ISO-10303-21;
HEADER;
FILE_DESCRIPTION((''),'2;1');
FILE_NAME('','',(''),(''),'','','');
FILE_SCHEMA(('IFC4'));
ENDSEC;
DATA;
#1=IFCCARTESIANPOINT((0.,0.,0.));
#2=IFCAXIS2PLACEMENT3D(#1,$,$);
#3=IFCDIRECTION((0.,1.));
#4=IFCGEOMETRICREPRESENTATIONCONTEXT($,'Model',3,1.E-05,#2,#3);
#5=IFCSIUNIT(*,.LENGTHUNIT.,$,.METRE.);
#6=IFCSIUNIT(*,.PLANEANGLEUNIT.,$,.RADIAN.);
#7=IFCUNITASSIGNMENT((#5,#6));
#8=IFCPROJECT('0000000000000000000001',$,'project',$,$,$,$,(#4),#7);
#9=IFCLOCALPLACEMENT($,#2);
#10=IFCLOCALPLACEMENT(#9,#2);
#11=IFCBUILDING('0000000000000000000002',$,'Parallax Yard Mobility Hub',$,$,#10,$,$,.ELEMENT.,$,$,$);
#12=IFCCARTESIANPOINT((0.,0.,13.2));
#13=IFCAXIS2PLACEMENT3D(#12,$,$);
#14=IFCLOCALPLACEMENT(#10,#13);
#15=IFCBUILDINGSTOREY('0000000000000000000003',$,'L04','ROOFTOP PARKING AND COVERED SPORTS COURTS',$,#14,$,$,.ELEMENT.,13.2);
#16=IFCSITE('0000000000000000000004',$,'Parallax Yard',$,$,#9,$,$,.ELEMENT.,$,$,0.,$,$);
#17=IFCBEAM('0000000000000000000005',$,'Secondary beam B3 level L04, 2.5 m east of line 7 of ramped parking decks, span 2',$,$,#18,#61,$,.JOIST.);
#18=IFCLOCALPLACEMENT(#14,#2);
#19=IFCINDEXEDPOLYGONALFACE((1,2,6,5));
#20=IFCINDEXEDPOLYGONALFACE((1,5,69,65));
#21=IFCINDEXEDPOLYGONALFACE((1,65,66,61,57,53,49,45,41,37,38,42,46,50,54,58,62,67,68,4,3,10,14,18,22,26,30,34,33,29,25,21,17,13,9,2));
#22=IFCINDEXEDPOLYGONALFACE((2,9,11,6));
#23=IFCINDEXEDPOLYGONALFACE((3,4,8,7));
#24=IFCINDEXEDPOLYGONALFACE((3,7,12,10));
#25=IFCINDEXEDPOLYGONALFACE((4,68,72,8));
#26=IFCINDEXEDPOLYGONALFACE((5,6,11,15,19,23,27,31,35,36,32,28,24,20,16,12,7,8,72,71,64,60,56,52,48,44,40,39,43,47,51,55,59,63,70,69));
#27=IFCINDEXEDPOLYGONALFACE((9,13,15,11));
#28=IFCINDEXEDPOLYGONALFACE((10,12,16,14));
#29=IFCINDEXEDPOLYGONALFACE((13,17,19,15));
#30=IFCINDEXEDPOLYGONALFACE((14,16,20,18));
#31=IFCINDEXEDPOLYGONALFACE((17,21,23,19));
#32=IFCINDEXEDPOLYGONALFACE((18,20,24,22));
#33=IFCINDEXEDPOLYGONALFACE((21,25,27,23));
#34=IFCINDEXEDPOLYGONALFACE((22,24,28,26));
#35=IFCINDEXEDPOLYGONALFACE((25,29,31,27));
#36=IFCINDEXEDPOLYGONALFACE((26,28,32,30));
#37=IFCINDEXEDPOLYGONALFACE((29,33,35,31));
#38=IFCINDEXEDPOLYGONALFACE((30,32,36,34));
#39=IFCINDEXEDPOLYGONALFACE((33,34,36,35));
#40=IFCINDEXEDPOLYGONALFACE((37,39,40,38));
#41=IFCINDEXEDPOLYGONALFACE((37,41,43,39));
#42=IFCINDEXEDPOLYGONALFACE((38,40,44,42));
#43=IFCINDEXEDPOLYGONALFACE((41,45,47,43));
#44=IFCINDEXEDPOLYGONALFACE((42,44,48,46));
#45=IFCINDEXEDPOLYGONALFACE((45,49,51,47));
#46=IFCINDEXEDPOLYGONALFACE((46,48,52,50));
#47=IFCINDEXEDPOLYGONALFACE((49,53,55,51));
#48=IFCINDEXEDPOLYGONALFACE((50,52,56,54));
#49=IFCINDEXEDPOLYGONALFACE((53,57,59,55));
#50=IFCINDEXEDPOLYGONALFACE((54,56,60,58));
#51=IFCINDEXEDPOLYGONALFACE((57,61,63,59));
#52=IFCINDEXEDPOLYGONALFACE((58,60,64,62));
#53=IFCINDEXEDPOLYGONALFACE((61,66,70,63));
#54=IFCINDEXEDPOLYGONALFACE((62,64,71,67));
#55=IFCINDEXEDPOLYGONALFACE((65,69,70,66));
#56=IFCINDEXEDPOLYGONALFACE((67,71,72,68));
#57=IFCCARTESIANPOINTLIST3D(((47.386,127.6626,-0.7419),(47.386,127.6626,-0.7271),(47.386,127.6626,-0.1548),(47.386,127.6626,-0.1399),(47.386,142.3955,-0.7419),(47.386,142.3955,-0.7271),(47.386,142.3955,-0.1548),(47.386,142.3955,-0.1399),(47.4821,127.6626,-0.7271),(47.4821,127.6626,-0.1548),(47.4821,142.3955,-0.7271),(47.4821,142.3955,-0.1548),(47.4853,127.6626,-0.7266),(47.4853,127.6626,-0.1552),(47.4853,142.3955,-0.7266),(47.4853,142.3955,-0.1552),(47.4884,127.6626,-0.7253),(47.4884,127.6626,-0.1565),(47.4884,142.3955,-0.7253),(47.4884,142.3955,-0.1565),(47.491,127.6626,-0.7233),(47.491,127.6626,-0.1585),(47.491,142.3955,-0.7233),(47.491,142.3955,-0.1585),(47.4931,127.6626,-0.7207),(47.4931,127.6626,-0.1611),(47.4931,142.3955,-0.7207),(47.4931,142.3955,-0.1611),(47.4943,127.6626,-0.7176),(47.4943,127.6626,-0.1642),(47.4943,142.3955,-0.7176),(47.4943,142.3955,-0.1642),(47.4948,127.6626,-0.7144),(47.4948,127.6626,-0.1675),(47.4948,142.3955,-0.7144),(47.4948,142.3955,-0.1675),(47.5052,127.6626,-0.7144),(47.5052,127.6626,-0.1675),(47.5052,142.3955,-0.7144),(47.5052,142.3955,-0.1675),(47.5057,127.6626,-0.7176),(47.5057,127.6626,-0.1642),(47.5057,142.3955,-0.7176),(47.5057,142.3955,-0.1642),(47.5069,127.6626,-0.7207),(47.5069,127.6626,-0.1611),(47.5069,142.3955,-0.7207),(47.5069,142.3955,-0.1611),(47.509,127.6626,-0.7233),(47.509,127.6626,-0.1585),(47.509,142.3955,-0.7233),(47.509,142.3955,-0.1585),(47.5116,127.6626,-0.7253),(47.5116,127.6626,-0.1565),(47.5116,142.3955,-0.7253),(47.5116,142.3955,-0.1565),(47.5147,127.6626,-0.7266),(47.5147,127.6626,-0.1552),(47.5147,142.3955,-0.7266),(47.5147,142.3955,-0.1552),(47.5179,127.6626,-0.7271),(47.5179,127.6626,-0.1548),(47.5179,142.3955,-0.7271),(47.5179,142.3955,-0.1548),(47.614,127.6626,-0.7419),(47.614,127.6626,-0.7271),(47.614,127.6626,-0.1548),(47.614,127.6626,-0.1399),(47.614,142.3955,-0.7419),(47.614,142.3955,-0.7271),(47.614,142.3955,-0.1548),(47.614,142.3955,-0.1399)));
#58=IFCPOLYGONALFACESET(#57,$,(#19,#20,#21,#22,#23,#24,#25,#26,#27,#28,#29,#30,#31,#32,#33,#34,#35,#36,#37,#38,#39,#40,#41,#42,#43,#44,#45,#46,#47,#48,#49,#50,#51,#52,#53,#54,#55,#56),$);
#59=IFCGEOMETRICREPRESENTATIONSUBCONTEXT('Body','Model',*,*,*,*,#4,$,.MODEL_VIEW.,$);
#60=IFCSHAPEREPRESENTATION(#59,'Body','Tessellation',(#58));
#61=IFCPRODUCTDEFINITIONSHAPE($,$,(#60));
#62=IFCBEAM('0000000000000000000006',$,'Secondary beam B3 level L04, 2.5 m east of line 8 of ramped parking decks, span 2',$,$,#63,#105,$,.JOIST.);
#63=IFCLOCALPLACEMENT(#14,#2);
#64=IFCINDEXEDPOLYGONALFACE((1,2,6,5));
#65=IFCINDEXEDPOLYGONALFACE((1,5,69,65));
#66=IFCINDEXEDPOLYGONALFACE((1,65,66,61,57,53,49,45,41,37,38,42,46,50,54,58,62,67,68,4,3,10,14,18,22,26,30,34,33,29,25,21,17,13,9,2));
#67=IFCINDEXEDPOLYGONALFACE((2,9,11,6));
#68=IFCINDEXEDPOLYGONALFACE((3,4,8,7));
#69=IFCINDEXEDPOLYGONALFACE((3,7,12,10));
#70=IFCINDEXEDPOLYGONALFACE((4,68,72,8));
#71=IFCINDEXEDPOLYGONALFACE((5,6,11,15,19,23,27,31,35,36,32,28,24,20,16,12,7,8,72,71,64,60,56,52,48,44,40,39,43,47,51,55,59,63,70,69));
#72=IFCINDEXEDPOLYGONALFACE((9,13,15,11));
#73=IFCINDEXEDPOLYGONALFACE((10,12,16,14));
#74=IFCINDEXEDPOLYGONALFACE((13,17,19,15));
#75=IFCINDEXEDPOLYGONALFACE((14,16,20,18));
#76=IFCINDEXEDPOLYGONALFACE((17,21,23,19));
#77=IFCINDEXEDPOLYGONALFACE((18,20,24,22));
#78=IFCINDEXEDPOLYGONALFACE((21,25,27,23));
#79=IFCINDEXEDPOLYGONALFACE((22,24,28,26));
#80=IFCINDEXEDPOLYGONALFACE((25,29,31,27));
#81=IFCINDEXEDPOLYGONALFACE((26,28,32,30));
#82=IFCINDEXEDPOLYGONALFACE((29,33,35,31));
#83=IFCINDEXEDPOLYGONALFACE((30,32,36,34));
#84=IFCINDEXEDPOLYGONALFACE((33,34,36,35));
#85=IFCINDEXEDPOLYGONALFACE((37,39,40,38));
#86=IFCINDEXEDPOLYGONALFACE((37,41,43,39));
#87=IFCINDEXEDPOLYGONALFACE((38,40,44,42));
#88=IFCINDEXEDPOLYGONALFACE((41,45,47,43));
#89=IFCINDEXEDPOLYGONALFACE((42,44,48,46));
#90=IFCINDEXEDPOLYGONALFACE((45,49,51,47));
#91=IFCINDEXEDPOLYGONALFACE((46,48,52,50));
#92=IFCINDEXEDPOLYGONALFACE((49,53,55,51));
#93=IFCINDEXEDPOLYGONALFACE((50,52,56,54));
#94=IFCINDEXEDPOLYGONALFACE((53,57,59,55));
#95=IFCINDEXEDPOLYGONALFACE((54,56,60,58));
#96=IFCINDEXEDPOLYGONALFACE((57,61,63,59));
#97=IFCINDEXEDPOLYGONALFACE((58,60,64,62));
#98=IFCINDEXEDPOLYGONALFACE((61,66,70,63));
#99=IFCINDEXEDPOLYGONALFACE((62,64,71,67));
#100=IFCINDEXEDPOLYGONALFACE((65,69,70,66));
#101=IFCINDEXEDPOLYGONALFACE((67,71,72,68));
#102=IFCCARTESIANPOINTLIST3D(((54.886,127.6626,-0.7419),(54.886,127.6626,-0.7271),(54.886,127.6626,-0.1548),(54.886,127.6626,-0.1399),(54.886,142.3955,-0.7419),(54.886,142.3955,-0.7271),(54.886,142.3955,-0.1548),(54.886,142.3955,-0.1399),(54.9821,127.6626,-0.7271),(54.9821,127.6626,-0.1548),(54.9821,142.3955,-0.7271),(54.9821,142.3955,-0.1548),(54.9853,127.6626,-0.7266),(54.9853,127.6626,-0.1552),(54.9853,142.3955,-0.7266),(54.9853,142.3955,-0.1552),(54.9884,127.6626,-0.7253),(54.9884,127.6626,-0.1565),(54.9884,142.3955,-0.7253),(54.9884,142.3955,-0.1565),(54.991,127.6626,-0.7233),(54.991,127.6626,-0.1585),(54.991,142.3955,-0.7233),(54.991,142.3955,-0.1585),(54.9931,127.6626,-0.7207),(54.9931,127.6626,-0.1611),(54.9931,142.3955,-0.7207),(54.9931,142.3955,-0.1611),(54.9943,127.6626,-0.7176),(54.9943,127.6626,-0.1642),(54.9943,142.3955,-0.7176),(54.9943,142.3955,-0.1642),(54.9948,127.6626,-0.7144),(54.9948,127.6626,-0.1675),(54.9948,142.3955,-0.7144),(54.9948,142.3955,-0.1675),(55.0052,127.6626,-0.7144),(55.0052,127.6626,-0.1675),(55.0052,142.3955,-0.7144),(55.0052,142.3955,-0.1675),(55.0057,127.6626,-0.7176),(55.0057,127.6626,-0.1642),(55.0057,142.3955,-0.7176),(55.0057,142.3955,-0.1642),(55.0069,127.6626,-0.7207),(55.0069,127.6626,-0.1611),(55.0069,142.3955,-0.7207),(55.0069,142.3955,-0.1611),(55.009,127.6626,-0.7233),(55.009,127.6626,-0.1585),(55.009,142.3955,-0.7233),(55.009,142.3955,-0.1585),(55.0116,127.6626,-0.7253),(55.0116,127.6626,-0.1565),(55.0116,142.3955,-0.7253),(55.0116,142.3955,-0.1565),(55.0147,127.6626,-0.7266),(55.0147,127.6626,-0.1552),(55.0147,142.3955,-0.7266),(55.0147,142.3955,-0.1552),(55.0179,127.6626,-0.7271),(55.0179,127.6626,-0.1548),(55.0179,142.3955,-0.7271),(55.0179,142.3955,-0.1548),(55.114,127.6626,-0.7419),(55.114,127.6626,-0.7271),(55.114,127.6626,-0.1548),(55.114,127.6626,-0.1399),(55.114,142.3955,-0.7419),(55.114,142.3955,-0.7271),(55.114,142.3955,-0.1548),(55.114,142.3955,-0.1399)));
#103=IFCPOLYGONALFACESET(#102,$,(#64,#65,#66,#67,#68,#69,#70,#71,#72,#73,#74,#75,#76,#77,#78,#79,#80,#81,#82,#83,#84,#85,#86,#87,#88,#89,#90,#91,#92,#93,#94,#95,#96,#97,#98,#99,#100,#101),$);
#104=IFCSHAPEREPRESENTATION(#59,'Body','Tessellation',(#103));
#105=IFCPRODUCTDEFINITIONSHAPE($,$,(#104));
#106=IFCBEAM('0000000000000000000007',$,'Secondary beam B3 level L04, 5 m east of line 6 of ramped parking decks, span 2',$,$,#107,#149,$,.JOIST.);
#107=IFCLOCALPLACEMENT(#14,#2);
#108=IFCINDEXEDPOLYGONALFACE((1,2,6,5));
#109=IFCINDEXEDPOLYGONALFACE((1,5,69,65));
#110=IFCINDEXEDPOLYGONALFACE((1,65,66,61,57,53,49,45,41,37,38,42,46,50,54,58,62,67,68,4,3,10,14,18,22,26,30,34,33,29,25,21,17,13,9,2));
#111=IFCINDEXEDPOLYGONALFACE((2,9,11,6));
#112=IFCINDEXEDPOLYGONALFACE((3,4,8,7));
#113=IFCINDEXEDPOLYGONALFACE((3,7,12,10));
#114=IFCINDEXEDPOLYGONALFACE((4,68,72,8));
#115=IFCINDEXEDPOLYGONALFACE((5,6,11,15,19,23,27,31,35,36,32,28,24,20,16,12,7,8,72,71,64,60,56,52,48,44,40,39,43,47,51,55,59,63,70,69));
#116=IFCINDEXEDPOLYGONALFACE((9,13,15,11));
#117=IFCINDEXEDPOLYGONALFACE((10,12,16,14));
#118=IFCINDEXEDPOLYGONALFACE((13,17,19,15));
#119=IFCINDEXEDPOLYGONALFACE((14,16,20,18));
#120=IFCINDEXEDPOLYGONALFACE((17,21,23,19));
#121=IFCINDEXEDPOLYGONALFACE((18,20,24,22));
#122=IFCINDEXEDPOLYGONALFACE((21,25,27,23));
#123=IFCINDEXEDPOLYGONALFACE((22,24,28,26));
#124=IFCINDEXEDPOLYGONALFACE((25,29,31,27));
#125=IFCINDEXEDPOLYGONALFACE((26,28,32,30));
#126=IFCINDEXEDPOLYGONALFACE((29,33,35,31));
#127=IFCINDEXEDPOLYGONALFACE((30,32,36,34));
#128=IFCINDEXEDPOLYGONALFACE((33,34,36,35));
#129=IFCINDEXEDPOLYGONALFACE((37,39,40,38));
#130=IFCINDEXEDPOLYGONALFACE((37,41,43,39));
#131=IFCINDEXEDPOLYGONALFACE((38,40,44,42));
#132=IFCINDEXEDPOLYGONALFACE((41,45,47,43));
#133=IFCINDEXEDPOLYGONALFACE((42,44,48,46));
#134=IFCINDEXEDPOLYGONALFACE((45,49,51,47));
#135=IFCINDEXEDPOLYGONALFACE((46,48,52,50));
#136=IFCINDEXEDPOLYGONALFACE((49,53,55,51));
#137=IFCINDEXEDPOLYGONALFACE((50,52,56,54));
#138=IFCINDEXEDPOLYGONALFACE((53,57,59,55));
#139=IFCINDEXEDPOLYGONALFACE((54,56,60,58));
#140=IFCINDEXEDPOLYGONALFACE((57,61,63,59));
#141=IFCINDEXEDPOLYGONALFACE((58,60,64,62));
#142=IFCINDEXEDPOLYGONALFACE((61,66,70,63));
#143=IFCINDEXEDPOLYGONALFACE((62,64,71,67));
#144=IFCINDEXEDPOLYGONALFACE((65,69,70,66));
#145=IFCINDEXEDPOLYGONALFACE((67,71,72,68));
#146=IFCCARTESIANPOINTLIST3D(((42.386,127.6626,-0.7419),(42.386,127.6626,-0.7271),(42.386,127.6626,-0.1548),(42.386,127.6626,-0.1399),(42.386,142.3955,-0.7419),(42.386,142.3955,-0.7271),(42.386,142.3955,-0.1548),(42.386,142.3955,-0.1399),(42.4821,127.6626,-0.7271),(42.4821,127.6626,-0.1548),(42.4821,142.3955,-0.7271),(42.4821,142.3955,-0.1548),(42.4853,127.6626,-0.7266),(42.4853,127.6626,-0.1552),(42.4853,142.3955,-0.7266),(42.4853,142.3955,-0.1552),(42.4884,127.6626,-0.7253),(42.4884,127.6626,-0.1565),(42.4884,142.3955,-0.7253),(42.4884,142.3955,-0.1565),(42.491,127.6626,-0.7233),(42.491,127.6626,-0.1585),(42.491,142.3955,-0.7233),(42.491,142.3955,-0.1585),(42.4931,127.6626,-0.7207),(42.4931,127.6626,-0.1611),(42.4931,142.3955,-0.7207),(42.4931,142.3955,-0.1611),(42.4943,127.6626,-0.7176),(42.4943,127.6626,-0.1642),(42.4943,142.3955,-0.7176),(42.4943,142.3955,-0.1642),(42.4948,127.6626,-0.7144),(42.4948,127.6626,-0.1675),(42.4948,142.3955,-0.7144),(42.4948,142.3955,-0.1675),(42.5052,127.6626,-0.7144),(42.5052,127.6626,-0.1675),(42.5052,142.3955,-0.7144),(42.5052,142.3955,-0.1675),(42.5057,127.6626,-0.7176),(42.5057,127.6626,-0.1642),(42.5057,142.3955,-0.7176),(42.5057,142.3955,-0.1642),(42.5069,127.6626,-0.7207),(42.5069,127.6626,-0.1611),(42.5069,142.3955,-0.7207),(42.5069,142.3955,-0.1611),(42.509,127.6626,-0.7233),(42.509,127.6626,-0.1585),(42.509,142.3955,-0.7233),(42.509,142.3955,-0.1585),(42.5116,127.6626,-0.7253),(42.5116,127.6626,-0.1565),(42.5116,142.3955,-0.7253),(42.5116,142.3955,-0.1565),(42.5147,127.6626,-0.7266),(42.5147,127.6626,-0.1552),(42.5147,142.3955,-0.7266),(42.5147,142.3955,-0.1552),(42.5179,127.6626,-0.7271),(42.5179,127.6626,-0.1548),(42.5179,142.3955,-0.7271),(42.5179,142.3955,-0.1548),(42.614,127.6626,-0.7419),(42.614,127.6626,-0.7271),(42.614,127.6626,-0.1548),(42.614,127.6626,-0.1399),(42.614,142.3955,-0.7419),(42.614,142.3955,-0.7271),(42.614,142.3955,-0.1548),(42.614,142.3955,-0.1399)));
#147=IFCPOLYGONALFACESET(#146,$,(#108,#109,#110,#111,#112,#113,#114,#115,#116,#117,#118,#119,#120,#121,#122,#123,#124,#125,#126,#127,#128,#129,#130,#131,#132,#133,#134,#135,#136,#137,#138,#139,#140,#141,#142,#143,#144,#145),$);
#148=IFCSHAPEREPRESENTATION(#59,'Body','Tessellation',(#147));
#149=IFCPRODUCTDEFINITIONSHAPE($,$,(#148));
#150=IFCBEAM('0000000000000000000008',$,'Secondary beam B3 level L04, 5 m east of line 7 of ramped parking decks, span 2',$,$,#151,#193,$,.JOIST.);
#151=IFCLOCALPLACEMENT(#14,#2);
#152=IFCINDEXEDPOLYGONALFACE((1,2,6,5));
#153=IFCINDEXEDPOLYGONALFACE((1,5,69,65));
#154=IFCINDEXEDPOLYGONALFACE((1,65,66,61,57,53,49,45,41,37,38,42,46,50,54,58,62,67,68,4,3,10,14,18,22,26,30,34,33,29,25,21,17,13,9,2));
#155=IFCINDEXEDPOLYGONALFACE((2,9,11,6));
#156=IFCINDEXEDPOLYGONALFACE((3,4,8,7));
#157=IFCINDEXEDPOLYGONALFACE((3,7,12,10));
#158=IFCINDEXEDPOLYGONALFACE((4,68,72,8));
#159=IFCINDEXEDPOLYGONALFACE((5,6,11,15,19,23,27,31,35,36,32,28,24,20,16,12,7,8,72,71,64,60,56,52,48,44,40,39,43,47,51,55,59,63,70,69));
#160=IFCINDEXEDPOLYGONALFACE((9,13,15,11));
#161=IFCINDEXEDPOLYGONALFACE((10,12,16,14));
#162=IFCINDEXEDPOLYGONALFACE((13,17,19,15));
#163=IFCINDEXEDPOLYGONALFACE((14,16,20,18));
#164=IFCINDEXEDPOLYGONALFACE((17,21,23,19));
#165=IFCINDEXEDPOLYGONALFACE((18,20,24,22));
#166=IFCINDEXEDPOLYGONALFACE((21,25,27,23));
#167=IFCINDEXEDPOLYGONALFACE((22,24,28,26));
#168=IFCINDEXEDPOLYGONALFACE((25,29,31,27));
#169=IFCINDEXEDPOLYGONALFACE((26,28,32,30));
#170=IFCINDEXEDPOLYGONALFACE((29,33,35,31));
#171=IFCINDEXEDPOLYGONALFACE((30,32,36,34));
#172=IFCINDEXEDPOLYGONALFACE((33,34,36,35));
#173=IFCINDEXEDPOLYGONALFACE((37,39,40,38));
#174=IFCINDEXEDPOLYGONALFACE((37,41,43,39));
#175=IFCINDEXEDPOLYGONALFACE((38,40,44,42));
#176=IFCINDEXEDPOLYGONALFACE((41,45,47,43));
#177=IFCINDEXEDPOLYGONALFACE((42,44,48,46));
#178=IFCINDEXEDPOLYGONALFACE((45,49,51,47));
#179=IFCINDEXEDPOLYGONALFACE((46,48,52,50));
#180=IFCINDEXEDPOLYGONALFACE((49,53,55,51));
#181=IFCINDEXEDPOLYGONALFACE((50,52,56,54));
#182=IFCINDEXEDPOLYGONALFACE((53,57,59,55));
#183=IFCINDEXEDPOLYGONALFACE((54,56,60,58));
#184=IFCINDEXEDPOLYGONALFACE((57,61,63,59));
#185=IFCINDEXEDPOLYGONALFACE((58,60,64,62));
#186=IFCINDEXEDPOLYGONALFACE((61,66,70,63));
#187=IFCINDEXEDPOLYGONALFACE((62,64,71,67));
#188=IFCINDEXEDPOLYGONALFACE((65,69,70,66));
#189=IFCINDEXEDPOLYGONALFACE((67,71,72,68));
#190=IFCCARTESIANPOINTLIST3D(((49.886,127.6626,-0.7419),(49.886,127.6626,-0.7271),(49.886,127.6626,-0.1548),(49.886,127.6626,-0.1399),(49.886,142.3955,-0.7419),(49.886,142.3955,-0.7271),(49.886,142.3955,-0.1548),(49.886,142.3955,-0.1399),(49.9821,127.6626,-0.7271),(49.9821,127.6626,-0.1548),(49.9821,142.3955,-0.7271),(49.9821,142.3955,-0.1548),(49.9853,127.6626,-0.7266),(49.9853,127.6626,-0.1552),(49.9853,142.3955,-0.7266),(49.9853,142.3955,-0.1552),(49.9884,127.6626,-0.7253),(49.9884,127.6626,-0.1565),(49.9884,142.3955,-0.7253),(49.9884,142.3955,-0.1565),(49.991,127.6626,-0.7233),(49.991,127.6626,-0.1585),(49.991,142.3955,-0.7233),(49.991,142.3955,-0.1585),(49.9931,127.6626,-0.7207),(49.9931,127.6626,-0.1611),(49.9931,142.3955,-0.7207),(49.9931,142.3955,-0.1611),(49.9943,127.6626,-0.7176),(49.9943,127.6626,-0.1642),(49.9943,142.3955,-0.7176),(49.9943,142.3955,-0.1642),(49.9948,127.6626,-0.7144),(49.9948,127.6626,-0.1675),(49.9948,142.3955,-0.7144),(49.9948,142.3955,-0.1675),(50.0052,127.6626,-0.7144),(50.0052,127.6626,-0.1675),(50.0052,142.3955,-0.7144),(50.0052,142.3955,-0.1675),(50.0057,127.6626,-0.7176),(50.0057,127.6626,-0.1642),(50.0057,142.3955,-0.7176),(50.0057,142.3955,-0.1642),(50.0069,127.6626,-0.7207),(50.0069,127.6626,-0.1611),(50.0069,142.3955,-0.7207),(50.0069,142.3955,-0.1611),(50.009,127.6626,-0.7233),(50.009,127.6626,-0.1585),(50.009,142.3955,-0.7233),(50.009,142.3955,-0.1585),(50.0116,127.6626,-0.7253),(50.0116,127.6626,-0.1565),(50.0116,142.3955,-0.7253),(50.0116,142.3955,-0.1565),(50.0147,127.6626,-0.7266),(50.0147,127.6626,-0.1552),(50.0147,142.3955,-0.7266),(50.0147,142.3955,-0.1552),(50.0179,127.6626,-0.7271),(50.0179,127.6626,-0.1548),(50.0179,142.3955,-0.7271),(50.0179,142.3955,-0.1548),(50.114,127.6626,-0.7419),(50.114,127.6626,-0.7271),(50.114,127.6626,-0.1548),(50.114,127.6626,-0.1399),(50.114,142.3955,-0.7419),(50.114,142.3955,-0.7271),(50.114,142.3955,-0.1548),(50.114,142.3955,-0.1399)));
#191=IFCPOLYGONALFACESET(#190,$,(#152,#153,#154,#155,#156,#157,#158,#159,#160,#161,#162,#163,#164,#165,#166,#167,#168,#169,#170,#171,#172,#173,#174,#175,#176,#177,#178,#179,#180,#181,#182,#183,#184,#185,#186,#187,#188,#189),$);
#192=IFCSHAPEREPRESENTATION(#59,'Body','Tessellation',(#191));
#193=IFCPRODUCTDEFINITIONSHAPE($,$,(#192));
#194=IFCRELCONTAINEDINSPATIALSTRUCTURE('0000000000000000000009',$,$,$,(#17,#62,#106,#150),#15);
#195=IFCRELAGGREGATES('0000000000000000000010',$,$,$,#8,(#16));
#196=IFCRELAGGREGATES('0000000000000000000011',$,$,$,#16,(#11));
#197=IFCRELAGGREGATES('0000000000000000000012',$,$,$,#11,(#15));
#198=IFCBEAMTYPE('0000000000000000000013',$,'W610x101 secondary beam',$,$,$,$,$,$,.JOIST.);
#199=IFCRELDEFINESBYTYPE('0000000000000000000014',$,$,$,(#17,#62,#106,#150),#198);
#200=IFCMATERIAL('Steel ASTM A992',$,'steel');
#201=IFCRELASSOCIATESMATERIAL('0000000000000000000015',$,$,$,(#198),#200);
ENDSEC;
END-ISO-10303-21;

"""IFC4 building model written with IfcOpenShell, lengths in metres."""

from ifc_helpers import new_model, si_unit, direction, frame, origin, origin_2d, place, context, subcontext, project, spatial, i_section, extrude, material, material_profile, profile_set, type_object, element, save


model = new_model("IFC4")

# Units and contexts
model_context = context("Model", 3, precision=1e-05, world=origin(), true_north=direction((0.0, 1.0)))
body_context = subcontext(model_context, "Body", "Model", "MODEL_VIEW")
ifc_project = project(units=[si_unit("LENGTHUNIT", "METRE"), si_unit("PLANEANGLEUNIT", "RADIAN")], contexts=[model_context])

# Site, building, storey
site_placement = place(None, origin())
site = spatial("IfcSite", under=ifc_project, at=site_placement, Name="Parallax Yard", CompositionType="ELEMENT", RefElevation=0.0)
building_placement = place(site_placement, origin())
building = spatial("IfcBuilding", under=site, at=building_placement, Name="Parallax Yard Mobility Hub", CompositionType="ELEMENT")
storey_placement = place(building_placement, frame((0.0, 0.0, 13.2)))
storey = spatial("IfcBuildingStorey", under=building, at=storey_placement, Name="L04", Description="ROOFTOP PARKING AND COVERED SPORTS COURTS", CompositionType="ELEMENT", Elevation=13.2)

# Shared definitions
ifc_material_1 = material(Name="Steel ASTM A992", Category="steel")

# Beams
ifc_material_profile_1 = material_profile(ifc_material_1, i_section(OverallWidth=0.228, OverallDepth=0.6021, WebThickness=0.0105, FlangeThickness=0.0149, FilletRadius=0.0127, at=origin_2d()), Name="W610x101")
ifc_profile_set_1 = profile_set([ifc_material_profile_1], Name="Steel ASTM A992")
beam_type_1 = type_object("IfcBeamType", Name="W610x101 secondary beam", PredefinedType="JOIST", material=ifc_profile_set_1)
for number, where, z_axis, x_axis, name in (
    (1, (47.5, 127.6626, -0.4409), (0.0, 1.0, 0.0), (-1.0, 0.0, 0.0), "Secondary beam B3 level L04, 2.5 m east of line 7 of ramped parking decks, span 2"),
    (2, (55.0, 127.6626, -0.4409), (0.0, 1.0, 0.0), (-1.0, 0.0, 0.0), "Secondary beam B3 level L04, 2.5 m east of line 8 of ramped parking decks, span 2"),
    (3, (42.5, 127.6626, -0.4409), (0.0, 1.0, 0.0), (-1.0, 0.0, 0.0), "Secondary beam B3 level L04, 5 m east of line 6 of ramped parking decks, span 2"),
    (4, (50.0, 127.6626, -0.4409), (0.0, 1.0, 0.0), (-1.0, 0.0, 0.0), "Secondary beam B3 level L04, 5 m east of line 7 of ramped parking decks, span 2"),
):
    element("IfcBeam", number, at=place(storey_placement, frame(where, z_axis=z_axis, x_axis=x_axis)), inside=storey, type_object=beam_type_1, Name=name, PredefinedType="JOIST", context=body_context, shape_type="SweptSolid", body=[
        extrude(i_section(OverallWidth=0.228, OverallDepth=0.6021, WebThickness=0.0105, FlangeThickness=0.0149, FilletRadius=0.0127, at=origin_2d()), origin(), (0.0, 0.0, 1.0), 14.7329),
    ])

save(model, "model.ifc")
